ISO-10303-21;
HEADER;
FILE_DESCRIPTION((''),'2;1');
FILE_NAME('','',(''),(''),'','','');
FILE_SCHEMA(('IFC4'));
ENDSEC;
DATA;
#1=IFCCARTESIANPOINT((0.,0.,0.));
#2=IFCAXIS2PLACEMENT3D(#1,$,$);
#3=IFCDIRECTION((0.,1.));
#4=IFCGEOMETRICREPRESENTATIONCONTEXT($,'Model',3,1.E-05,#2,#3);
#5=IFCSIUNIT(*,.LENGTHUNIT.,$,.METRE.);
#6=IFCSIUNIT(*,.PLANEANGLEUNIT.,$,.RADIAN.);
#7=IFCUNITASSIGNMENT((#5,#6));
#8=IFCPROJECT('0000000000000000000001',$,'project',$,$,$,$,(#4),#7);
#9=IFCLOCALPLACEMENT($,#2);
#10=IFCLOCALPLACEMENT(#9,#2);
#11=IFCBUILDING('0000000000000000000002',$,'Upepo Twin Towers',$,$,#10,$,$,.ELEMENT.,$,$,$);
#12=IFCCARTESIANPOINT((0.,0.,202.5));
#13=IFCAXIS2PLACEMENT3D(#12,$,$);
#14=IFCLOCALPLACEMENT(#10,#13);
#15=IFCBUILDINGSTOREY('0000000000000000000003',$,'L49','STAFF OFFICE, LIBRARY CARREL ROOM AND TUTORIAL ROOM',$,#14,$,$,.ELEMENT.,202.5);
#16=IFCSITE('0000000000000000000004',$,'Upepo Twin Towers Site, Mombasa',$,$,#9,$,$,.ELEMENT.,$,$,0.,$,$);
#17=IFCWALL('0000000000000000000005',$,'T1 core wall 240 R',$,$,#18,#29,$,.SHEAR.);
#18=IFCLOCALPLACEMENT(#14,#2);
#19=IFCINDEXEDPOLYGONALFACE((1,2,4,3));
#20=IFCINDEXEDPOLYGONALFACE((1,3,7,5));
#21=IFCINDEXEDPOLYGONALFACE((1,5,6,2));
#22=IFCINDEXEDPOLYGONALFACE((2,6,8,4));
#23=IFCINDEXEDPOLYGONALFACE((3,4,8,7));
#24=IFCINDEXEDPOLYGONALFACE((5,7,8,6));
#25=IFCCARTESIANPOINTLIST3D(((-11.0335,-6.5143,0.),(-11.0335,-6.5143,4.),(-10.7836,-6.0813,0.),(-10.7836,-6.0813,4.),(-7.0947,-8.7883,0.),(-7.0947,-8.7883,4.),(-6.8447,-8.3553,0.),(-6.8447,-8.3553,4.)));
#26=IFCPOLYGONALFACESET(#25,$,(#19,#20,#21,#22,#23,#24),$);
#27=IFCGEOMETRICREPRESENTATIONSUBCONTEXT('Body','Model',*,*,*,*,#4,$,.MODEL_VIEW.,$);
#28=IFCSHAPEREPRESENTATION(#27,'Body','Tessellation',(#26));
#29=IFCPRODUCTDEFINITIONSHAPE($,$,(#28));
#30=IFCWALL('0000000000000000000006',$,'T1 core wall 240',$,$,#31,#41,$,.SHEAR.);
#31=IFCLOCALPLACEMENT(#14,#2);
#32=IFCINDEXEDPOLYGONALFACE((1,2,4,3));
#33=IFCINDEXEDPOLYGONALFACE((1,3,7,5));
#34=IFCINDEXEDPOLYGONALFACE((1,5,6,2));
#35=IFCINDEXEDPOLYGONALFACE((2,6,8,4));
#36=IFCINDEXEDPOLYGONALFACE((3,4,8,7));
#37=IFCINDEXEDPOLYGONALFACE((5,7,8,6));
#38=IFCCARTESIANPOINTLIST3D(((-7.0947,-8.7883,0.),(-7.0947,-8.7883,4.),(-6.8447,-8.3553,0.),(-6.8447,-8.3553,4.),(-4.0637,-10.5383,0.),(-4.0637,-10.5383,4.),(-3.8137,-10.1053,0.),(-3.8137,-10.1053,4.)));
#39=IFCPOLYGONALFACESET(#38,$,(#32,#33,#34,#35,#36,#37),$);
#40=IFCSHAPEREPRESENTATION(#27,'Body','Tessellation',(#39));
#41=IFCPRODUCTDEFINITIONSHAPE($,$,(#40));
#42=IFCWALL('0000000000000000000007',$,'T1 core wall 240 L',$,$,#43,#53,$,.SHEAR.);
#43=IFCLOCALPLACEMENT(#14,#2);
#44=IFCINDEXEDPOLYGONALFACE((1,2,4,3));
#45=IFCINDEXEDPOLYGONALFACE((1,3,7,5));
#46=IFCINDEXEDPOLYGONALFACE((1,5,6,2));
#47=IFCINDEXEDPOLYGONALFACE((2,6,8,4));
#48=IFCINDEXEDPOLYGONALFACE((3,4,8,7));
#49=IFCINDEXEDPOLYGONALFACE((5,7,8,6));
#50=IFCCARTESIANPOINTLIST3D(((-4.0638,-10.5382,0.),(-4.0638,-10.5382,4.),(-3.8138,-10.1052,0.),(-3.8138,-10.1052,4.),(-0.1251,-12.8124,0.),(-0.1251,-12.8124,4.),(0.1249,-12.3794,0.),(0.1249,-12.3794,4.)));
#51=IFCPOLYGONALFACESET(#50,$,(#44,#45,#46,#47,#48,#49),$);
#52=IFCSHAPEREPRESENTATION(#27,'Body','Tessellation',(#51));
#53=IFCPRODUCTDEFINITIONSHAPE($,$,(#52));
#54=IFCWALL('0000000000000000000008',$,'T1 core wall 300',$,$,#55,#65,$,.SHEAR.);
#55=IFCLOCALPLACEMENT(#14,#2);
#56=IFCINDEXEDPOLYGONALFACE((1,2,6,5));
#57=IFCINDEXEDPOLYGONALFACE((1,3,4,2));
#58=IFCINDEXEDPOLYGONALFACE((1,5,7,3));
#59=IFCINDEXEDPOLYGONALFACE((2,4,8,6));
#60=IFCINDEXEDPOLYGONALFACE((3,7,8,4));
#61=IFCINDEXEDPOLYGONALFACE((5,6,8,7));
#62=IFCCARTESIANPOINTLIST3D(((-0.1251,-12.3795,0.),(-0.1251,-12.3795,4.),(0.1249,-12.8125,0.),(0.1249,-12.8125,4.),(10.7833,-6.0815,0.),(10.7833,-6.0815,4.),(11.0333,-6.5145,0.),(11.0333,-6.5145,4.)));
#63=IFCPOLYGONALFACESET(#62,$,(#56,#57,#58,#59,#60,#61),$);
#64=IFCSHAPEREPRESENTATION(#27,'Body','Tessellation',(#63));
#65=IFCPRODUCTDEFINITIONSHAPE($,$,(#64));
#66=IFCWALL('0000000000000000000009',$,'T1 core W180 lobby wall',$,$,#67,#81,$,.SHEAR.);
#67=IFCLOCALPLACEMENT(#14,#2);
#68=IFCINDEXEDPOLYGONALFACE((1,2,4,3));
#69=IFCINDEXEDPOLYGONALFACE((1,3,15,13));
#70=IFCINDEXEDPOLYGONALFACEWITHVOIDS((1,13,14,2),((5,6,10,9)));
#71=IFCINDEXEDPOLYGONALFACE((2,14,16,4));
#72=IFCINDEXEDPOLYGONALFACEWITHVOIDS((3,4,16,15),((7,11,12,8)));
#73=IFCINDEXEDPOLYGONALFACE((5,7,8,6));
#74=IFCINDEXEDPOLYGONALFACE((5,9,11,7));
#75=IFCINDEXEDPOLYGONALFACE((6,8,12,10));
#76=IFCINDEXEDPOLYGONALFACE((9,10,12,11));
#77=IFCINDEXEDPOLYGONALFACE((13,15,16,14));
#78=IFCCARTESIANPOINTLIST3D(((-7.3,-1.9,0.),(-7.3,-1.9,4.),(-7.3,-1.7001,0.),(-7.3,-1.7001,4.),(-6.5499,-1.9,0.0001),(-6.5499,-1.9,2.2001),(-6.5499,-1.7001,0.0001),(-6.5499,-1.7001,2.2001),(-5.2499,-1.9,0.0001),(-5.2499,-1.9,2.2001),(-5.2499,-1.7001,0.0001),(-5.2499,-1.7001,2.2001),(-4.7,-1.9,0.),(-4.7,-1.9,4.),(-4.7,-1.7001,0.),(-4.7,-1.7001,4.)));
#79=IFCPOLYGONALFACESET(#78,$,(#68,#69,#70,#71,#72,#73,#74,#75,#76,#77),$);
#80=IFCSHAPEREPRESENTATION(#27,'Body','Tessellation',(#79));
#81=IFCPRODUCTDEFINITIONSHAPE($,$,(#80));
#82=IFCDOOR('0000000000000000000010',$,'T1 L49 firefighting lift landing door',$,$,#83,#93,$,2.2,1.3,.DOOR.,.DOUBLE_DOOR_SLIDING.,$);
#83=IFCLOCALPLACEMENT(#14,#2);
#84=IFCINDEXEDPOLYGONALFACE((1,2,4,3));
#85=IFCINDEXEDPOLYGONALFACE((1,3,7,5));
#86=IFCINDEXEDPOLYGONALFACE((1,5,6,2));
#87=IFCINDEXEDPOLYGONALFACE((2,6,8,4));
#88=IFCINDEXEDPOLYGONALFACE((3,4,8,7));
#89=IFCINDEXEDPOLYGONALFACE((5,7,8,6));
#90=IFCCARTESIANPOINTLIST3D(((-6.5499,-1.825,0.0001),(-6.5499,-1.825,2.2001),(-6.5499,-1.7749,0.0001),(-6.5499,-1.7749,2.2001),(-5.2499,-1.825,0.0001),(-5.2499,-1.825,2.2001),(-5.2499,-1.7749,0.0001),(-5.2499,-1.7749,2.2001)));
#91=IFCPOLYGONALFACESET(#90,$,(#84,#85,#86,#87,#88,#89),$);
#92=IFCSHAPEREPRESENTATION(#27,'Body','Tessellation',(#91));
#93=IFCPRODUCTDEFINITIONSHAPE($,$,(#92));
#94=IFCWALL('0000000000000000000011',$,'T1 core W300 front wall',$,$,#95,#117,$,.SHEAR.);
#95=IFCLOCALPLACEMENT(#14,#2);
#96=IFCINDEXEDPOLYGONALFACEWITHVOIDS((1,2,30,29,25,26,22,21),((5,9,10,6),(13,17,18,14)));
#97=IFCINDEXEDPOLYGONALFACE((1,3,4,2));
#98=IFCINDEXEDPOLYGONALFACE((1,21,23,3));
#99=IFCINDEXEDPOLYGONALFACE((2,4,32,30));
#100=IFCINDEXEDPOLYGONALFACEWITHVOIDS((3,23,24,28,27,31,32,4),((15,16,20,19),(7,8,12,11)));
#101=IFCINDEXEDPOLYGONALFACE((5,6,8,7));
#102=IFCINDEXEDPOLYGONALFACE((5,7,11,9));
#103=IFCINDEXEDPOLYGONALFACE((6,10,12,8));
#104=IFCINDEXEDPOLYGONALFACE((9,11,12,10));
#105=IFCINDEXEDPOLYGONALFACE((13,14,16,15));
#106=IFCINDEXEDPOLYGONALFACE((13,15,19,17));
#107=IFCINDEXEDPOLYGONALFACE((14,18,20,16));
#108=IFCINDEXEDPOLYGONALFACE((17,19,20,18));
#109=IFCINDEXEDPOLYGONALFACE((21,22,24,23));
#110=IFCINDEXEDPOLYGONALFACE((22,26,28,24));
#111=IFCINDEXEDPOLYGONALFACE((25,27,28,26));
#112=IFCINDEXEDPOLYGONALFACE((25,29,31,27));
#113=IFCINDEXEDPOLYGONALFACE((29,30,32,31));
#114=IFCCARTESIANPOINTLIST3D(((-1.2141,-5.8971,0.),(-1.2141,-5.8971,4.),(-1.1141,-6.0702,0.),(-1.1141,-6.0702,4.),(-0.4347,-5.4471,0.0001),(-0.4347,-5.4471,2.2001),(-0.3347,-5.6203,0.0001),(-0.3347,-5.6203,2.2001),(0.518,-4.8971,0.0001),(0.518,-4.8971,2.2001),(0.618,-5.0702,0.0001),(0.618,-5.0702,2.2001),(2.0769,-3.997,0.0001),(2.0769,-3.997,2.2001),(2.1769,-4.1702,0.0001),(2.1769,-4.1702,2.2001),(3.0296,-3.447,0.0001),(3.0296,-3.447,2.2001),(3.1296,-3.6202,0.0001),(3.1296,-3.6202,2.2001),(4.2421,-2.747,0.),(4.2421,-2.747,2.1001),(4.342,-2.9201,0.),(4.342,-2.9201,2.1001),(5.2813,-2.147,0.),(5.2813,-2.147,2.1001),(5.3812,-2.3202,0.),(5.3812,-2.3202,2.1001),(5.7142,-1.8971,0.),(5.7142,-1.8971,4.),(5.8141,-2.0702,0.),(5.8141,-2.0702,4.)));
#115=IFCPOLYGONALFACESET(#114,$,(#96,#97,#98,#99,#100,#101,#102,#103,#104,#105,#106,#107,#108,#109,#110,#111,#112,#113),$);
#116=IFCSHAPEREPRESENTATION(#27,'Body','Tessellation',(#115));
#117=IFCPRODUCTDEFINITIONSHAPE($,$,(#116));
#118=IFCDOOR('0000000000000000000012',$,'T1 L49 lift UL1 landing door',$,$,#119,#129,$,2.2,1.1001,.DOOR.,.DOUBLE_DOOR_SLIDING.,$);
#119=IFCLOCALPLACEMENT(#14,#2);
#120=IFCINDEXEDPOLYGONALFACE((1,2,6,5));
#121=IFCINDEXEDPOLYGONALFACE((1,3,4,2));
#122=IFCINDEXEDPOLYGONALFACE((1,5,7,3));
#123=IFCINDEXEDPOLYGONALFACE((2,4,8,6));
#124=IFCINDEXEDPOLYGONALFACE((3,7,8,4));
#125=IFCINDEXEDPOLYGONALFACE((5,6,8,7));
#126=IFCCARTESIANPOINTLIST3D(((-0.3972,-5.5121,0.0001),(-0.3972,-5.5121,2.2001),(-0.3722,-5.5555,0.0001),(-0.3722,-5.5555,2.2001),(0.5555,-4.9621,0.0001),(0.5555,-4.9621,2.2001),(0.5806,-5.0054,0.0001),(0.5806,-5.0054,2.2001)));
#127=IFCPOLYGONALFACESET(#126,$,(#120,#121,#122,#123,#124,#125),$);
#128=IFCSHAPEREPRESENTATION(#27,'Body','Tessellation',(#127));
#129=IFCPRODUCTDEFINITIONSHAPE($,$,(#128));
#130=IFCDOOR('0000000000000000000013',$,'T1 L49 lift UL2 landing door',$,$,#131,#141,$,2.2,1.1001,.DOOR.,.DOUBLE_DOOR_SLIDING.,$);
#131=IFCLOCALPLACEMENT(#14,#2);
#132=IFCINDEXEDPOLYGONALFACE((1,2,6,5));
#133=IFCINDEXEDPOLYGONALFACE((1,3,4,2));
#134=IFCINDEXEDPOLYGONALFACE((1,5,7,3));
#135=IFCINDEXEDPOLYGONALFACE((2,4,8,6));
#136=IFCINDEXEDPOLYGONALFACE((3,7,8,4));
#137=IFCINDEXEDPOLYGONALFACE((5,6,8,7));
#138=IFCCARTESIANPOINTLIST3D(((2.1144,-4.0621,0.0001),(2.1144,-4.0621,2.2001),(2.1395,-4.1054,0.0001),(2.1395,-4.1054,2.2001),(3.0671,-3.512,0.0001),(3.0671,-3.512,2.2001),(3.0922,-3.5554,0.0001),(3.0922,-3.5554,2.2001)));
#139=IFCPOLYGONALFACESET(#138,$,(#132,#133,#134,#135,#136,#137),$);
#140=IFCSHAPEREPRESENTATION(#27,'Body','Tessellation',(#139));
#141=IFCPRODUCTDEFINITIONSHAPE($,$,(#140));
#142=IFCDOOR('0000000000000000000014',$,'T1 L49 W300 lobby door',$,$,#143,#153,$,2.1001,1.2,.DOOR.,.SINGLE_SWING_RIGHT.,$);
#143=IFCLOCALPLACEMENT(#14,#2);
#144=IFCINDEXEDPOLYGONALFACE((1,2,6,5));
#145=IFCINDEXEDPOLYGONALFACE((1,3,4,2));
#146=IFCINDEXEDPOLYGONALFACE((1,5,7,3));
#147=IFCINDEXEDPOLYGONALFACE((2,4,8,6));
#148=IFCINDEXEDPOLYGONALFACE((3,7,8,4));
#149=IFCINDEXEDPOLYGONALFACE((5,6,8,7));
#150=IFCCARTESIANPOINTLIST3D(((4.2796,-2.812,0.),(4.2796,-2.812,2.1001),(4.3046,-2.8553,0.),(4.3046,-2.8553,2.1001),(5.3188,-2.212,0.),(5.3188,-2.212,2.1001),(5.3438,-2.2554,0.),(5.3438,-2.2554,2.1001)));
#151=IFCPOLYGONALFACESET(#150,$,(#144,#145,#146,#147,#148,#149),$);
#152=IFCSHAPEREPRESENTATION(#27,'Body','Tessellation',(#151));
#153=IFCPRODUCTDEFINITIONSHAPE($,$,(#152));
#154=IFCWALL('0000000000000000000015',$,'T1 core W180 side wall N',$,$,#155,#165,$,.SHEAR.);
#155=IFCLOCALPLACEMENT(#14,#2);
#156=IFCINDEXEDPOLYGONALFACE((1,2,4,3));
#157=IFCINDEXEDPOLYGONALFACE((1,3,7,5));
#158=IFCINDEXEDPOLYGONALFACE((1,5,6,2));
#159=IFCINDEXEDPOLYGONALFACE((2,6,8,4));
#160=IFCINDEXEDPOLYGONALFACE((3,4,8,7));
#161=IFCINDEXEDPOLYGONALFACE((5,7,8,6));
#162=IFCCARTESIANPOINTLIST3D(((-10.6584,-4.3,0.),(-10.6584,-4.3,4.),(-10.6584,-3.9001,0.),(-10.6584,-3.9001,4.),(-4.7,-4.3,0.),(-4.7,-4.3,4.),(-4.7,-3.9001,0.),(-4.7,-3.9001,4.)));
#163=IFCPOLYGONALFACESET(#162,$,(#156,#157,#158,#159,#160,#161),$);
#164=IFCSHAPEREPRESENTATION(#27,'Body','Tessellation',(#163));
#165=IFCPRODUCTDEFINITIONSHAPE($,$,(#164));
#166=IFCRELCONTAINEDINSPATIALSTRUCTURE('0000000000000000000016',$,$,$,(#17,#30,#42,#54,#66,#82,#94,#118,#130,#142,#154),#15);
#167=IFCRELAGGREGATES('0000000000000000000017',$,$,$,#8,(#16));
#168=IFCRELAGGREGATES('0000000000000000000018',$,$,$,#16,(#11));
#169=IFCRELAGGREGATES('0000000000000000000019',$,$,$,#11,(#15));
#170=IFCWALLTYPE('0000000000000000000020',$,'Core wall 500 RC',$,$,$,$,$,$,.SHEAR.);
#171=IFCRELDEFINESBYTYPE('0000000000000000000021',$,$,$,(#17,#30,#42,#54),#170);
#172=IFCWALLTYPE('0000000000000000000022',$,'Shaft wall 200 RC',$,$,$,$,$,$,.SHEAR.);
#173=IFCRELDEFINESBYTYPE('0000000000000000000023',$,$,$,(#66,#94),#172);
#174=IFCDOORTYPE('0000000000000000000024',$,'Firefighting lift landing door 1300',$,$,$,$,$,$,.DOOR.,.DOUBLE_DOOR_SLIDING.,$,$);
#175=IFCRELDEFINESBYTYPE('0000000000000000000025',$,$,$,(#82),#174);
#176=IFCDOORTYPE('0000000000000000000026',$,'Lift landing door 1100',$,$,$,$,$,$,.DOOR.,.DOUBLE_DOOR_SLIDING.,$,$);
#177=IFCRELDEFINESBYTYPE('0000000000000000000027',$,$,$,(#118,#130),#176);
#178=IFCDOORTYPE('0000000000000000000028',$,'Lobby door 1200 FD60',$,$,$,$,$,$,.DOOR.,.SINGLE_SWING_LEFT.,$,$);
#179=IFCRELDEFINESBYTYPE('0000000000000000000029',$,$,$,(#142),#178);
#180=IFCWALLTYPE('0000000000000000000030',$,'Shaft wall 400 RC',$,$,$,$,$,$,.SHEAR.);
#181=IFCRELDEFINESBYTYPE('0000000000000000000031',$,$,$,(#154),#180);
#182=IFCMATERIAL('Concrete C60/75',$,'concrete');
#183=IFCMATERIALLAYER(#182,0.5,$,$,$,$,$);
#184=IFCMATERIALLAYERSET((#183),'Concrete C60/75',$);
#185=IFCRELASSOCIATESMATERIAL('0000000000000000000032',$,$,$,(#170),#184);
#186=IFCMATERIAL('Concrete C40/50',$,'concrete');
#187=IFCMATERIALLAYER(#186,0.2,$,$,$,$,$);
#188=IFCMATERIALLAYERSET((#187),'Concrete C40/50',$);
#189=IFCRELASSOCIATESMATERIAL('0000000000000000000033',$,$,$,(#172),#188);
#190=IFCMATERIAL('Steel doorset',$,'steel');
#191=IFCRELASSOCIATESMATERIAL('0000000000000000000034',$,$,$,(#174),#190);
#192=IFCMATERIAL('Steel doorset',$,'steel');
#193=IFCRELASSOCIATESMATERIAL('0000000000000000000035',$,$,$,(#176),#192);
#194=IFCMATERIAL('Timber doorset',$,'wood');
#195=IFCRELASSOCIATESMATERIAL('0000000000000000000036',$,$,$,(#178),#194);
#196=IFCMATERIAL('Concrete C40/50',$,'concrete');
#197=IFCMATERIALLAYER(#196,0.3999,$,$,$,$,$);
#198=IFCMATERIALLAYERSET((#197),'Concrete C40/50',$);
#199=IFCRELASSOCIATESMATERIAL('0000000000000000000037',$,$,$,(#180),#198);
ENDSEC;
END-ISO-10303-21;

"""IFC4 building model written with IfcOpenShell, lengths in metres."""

from ifc_helpers import new_model, si_unit, direction, frame, frame_2d, origin, place, context, subcontext, project, spatial, rectangle, extrude, material, layer, layer_set, type_object, element, fill, save


model = new_model("IFC4")

# Units and contexts
model_context = context("Model", 3, precision=1e-05, world=origin(), true_north=direction((0.0, 1.0)))
body_context = subcontext(model_context, "Body", "Model", "MODEL_VIEW")
ifc_project = project(units=[si_unit("LENGTHUNIT", "METRE"), si_unit("PLANEANGLEUNIT", "RADIAN")], contexts=[model_context])

# Site, building, storey
site_placement = place(None, origin())
site = spatial("IfcSite", under=ifc_project, at=site_placement, Name="Upepo Twin Towers Site, Mombasa", CompositionType="ELEMENT", RefElevation=0.0)
building_placement = place(site_placement, origin())
building = spatial("IfcBuilding", under=site, at=building_placement, Name="Upepo Twin Towers", CompositionType="ELEMENT")
storey_placement = place(building_placement, frame((0.0, 0.0, 202.5)))
storey = spatial("IfcBuildingStorey", under=building, at=storey_placement, Name="L49", Description="STAFF OFFICE, LIBRARY CARREL ROOM AND TUTORIAL ROOM", CompositionType="ELEMENT", Elevation=202.5)

# Walls
ifc_material_1 = material(Name="Concrete C60/75", Category="concrete")
ifc_layer_1 = layer(ifc_material_1, 0.5)
ifc_layer_set_1 = layer_set([ifc_layer_1], Name="Concrete C60/75")
wall_type_1 = type_object("IfcWallType", Name="Core wall 500 RC", PredefinedType="SHEAR", material=ifc_layer_set_1)
wall_1_placement = place(storey_placement, frame((-10.9084, -6.2979, 0.0), z_axis=(0.0, 0.0, 1.0), x_axis=(0.866035, -0.499984, 0.0)))
element("IfcWall", 1, at=wall_1_placement, inside=storey, type_object=wall_type_1, Name="T1 core wall 240 R", PredefinedType="SHEAR", context=body_context, shape_type="SweptSolid", body=[
    extrude(rectangle(XDim=4.5481, YDim=0.5, at=frame_2d((2.2739, 0.0))), origin(), (0.0, 0.0, 1.0), 4.0),
])
wall_2_placement = place(storey_placement, frame((-6.9697, -8.5718, 0.0), z_axis=(0.0, 0.0, 1.0), x_axis=(0.866019, -0.50001, 0.0)))
element("IfcWall", 2, at=wall_2_placement, inside=storey, type_object=wall_type_1, Name="T1 core wall 240", PredefinedType="SHEAR", context=body_context, shape_type="SweptSolid", body=[
    extrude(rectangle(XDim=3.5, YDim=0.5, at=frame_2d((1.75, 0.0))), origin(), (0.0, 0.0, 1.0), 4.0),
])
wall_3_placement = place(storey_placement, frame((-3.9387, -10.3218, 0.0), z_axis=(0.0, 0.0, 1.0), x_axis=(0.866011, -0.500024, 0.0)))
element("IfcWall", 3, at=wall_3_placement, inside=storey, type_object=wall_type_1, Name="T1 core wall 240 L", PredefinedType="SHEAR", context=body_context, shape_type="SweptSolid", body=[
    extrude(rectangle(XDim=4.5481, YDim=0.5, at=frame_2d((2.2739, 0.0))), origin(), (0.0, 0.0, 1.0), 4.0),
])
wall_4_placement = place(storey_placement, frame((0.0, -12.5959, 0.0), z_axis=(0.0, 0.0, 1.0), x_axis=(0.866022, 0.500006, 0.0)))
element("IfcWall", 4, at=wall_4_placement, inside=storey, type_object=wall_type_1, Name="T1 core wall 300", PredefinedType="SHEAR", context=body_context, shape_type="SweptSolid", body=[
    extrude(rectangle(XDim=12.5959, YDim=0.5, at=frame_2d((6.2979, 0.0))), origin(), (0.0, 0.0, 1.0), 4.0),
])

# Wall, opening, door
ifc_material_2 = material(Name="Concrete C40/50", Category="concrete")
ifc_layer_2 = layer(ifc_material_2, 0.2)
ifc_layer_set_2 = layer_set([ifc_layer_2], Name="Concrete C40/50")
wall_type_2 = type_object("IfcWallType", Name="Shaft wall 200 RC", PredefinedType="SHEAR", material=ifc_layer_set_2)
wall_5_placement = place(storey_placement, frame((-4.7, -1.8, 0.0), z_axis=(0.0, 0.0, 1.0), x_axis=(-1.0, 0.0, 0.0)))
wall_5 = element("IfcWall", 5, at=wall_5_placement, inside=storey, type_object=wall_type_2, Name="T1 core W180 lobby wall", PredefinedType="SHEAR", context=body_context, shape_type="SweptSolid", body=[
    extrude(rectangle(XDim=2.6001, YDim=0.2, at=frame_2d((1.3, 0.0))), origin(), (0.0, 0.0, 1.0), 4.0),
])
opening_1_placement = place(wall_5_placement, frame((0.55, 0.0, 0.0)))
opening_1 = element("IfcOpeningElement", 6, at=opening_1_placement, cuts=wall_5, PredefinedType="OPENING", context=body_context, shape_type="SweptSolid", body=[
    extrude(rectangle(XDim=1.3, YDim=2.2, at=frame_2d((0.6499, 1.1001))), frame((0.0, 0.1099, 0.0), z_axis=(0.0, -1.0, 0.0), x_axis=(1.0, 0.0, 0.0)), (0.0, 0.0, 1.0), 0.22),
])
ifc_material_3 = material(Name="Steel doorset", Category="steel")
door_type_1 = type_object("IfcDoorType", Name="Firefighting lift landing door 1300", OperationType="DOUBLE_DOOR_SLIDING", PredefinedType="DOOR", material=ifc_material_3)
door_1_placement = place(opening_1_placement, origin())
door_1 = element("IfcDoor", 7, at=door_1_placement, inside=storey, type_object=door_type_1, Name="T1 L49 firefighting lift landing door", OperationType="DOUBLE_DOOR_SLIDING", OverallHeight=2.2, OverallWidth=1.3, PredefinedType="DOOR", context=body_context, shape_type="SweptSolid", body=[
    extrude(rectangle(XDim=1.3, YDim=2.2, at=frame_2d((0.6499, 1.1001))), frame((0.0, 0.0249, 0.0), z_axis=(0.0, -1.0, 0.0), x_axis=(1.0, 0.0, 0.0)), (0.0, 0.0, 1.0), 0.05),
])
fill(opening_1, door_1)

# Wall, openings, doors
wall_6_placement = place(storey_placement, frame((-1.1641, -5.9836, 0.0), z_axis=(0.0, 0.0, 1.0), x_axis=(0.866026, 0.499999, 0.0)))
wall_6 = element("IfcWall", 8, at=wall_6_placement, inside=storey, type_object=wall_type_2, Name="T1 core W300 front wall", PredefinedType="SHEAR", context=body_context, shape_type="SweptSolid", body=[
    extrude(rectangle(XDim=8.0, YDim=0.2, at=frame_2d((4.0, 0.0))), origin(), (0.0, 0.0, 1.0), 4.0),
])
opening_2_placement = place(wall_6_placement, frame((6.3, 0.0, 0.0)))
opening_2 = element("IfcOpeningElement", 9, at=opening_2_placement, cuts=wall_6, PredefinedType="OPENING", context=body_context, shape_type="SweptSolid", body=[
    extrude(rectangle(XDim=1.2, YDim=2.1001, at=frame_2d((0.6001, 1.05))), frame((0.0, 0.1099, 0.0), z_axis=(0.0, -1.0, 0.0), x_axis=(1.0, 0.0, 0.0)), (0.0, 0.0, 1.0), 0.22),
])
opening_3_placement = place(wall_6_placement, frame((0.8999, 0.0, 0.0)))
opening_3 = element("IfcOpeningElement", 10, at=opening_3_placement, cuts=wall_6, PredefinedType="OPENING", context=body_context, shape_type="SweptSolid", body=[
    extrude(rectangle(XDim=1.1001, YDim=2.2, at=frame_2d((0.55, 1.1001))), frame((0.0, 0.1099, 0.0), z_axis=(0.0, -1.0, 0.0), x_axis=(1.0, 0.0, 0.0)), (0.0, 0.0, 1.0), 0.22),
])
opening_4_placement = place(wall_6_placement, frame((3.8, 0.0, 0.0)))
opening_4 = element("IfcOpeningElement", 11, at=opening_4_placement, cuts=wall_6, PredefinedType="OPENING", context=body_context, shape_type="SweptSolid", body=[
    extrude(rectangle(XDim=1.1001, YDim=2.2, at=frame_2d((0.55, 1.1001))), frame((0.0, 0.1099, 0.0), z_axis=(0.0, -1.0, 0.0), x_axis=(1.0, 0.0, 0.0)), (0.0, 0.0, 1.0), 0.22),
])
ifc_material_4 = material(Name="Steel doorset", Category="steel")
door_type_2 = type_object("IfcDoorType", Name="Lift landing door 1100", OperationType="DOUBLE_DOOR_SLIDING", PredefinedType="DOOR", material=ifc_material_4)
door_2_placement = place(opening_3_placement, origin())
door_2 = element("IfcDoor", 12, at=door_2_placement, inside=storey, type_object=door_type_2, Name="T1 L49 lift UL1 landing door", OperationType="DOUBLE_DOOR_SLIDING", OverallHeight=2.2, OverallWidth=1.1001, PredefinedType="DOOR", context=body_context, shape_type="SweptSolid", body=[
    extrude(rectangle(XDim=1.1001, YDim=2.2, at=frame_2d((0.55, 1.1001))), frame((0.0, 0.0249, 0.0), z_axis=(0.0, -1.0, 0.0), x_axis=(1.0, 0.0, 0.0)), (0.0, 0.0, 1.0), 0.05),
])
fill(opening_3, door_2)
door_3_placement = place(opening_4_placement, origin())
door_3 = element("IfcDoor", 13, at=door_3_placement, inside=storey, type_object=door_type_2, Name="T1 L49 lift UL2 landing door", OperationType="DOUBLE_DOOR_SLIDING", OverallHeight=2.2, OverallWidth=1.1001, PredefinedType="DOOR", context=body_context, shape_type="SweptSolid", body=[
    extrude(rectangle(XDim=1.1001, YDim=2.2, at=frame_2d((0.55, 1.1001))), frame((0.0, 0.0249, 0.0), z_axis=(0.0, -1.0, 0.0), x_axis=(1.0, 0.0, 0.0)), (0.0, 0.0, 1.0), 0.05),
])
fill(opening_4, door_3)
ifc_material_5 = material(Name="Timber doorset", Category="wood")
door_type_3 = type_object("IfcDoorType", Name="Lobby door 1200 FD60", OperationType="SINGLE_SWING_LEFT", PredefinedType="DOOR", material=ifc_material_5)
door_4_placement = place(opening_2_placement, origin())
door_4 = element("IfcDoor", 14, at=door_4_placement, inside=storey, type_object=door_type_3, Name="T1 L49 W300 lobby door", OperationType="SINGLE_SWING_RIGHT", OverallHeight=2.1001, OverallWidth=1.2, PredefinedType="DOOR", context=body_context, shape_type="SweptSolid", body=[
    extrude(rectangle(XDim=1.2, YDim=2.1001, at=frame_2d((0.6001, 1.05))), frame((0.0, 0.0249, 0.0), z_axis=(0.0, -1.0, 0.0), x_axis=(1.0, 0.0, 0.0)), (0.0, 0.0, 1.0), 0.05),
])
fill(opening_2, door_4)

# Wall
ifc_material_6 = material(Name="Concrete C40/50", Category="concrete")
ifc_layer_3 = layer(ifc_material_6, 0.3999)
ifc_layer_set_3 = layer_set([ifc_layer_3], Name="Concrete C40/50")
wall_type_3 = type_object("IfcWallType", Name="Shaft wall 400 RC", PredefinedType="SHEAR", material=ifc_layer_set_3)
wall_7_placement = place(storey_placement, frame((-4.7, -4.1001, 0.0), z_axis=(0.0, 0.0, 1.0), x_axis=(-1.0, 0.0, 0.0)))
element("IfcWall", 15, at=wall_7_placement, inside=storey, type_object=wall_type_3, Name="T1 core W180 side wall N", PredefinedType="SHEAR", context=body_context, shape_type="SweptSolid", body=[
    extrude(rectangle(XDim=5.9585, YDim=0.3999, at=frame_2d((2.9792, 0.0))), origin(), (0.0, 0.0, 1.0), 4.0),
])

save(model, "model.ifc")
